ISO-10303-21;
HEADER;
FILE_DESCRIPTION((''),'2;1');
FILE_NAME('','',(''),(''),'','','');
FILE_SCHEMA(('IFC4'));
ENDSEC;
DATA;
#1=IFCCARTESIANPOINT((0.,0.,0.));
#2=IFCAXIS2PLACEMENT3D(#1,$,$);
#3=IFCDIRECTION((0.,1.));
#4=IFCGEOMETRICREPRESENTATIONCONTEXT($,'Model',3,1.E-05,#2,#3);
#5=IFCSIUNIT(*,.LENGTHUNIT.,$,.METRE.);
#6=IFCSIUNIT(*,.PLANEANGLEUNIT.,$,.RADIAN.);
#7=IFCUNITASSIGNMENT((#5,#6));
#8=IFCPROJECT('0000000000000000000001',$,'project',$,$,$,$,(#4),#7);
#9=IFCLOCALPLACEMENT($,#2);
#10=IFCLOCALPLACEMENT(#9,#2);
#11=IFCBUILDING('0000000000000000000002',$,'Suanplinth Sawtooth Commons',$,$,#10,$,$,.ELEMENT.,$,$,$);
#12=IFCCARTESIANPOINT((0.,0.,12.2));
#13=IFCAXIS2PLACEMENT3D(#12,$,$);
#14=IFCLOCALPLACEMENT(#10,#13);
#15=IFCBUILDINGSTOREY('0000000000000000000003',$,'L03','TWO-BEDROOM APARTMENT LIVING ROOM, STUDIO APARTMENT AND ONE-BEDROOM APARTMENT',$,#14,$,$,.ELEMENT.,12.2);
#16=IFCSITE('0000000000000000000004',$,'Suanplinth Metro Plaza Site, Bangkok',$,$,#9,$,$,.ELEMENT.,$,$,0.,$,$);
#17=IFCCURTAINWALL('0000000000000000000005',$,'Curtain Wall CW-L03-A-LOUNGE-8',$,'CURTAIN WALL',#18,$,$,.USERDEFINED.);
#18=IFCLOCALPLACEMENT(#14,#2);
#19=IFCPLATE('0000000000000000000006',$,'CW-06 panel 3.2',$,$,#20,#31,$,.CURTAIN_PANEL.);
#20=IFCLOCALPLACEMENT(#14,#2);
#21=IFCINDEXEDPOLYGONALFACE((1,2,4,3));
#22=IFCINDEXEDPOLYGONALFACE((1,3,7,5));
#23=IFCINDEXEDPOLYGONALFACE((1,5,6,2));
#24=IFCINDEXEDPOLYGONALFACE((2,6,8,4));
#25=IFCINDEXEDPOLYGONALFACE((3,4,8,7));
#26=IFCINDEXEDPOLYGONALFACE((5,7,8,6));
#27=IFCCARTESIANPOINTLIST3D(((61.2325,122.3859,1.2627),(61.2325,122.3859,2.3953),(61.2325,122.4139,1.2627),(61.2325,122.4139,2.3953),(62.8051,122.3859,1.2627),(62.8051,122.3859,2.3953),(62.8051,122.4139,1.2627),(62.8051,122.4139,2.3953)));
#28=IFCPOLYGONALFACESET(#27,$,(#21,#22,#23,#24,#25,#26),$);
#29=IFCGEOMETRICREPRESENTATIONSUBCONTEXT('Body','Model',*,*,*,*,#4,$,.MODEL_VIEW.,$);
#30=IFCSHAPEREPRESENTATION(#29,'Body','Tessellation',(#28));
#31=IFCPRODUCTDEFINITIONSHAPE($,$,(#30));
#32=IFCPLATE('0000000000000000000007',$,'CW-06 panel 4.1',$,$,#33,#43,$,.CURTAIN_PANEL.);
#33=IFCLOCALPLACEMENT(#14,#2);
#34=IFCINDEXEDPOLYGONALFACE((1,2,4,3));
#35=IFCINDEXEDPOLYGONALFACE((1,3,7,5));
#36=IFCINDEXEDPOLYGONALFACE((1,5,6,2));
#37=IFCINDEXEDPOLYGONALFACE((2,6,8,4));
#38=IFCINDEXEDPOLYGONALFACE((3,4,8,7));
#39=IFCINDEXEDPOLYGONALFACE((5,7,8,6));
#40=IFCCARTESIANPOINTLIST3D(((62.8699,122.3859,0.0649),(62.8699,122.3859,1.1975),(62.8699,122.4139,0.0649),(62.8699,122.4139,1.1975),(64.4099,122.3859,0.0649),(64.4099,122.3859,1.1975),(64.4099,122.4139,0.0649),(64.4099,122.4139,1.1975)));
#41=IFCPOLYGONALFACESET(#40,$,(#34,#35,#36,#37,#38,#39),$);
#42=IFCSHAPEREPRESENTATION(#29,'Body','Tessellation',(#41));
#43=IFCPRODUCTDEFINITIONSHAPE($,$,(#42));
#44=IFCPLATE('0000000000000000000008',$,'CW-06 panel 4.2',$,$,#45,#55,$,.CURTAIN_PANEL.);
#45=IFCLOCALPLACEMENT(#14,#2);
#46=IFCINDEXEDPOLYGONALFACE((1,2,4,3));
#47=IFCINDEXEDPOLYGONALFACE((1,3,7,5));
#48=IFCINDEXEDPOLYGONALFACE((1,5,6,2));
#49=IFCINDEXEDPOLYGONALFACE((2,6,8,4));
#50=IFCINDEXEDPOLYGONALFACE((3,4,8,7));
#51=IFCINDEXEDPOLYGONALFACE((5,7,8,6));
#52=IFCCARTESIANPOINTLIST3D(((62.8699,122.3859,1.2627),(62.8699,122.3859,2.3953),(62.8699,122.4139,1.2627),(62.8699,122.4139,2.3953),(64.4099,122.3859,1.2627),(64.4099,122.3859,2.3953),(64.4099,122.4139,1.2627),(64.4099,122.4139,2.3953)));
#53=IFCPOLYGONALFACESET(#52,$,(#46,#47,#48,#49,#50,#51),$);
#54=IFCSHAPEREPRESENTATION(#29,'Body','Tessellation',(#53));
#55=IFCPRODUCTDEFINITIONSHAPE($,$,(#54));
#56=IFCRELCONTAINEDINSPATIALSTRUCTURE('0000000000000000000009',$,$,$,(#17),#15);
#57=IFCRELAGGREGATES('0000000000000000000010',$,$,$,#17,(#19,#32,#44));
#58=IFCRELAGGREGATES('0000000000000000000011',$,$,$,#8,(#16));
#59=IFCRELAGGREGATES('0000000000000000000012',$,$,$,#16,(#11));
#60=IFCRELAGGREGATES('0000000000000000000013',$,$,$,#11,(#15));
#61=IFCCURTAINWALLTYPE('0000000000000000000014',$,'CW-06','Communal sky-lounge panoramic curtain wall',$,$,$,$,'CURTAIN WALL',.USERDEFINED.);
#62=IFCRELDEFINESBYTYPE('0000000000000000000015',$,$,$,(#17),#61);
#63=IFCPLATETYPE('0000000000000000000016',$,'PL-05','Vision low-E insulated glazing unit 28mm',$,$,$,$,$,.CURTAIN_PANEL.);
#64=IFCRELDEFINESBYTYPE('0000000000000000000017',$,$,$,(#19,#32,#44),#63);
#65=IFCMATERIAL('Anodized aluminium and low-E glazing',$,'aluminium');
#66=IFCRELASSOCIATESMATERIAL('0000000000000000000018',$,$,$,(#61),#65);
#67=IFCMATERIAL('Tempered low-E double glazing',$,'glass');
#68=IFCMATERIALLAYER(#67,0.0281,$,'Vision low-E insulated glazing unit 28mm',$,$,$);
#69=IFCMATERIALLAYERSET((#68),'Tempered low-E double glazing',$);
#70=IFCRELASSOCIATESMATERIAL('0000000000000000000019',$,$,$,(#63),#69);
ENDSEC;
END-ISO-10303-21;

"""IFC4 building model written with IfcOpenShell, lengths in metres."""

from ifc_helpers import new_model, si_unit, direction, frame, origin, origin_2d, place, context, subcontext, project, spatial, rectangle, extrude, material, layer, layer_set, type_object, element, aggregate, save


model = new_model("IFC4")

# Units and contexts
model_context = context("Model", 3, precision=1e-05, world=origin(), true_north=direction((0.0, 1.0)))
body_context = subcontext(model_context, "Body", "Model", "MODEL_VIEW")
ifc_project = project(units=[si_unit("LENGTHUNIT", "METRE"), si_unit("PLANEANGLEUNIT", "RADIAN")], contexts=[model_context])

# Site, building, storey
site_placement = place(None, origin())
site = spatial("IfcSite", under=ifc_project, at=site_placement, Name="Suanplinth Metro Plaza Site, Bangkok", CompositionType="ELEMENT", RefElevation=0.0)
building_placement = place(site_placement, origin())
building = spatial("IfcBuilding", under=site, at=building_placement, Name="Suanplinth Sawtooth Commons", CompositionType="ELEMENT")
storey_placement = place(building_placement, frame((0.0, 0.0, 12.2)))
storey = spatial("IfcBuildingStorey", under=building, at=storey_placement, Name="L03", Description="TWO-BEDROOM APARTMENT LIVING ROOM, STUDIO APARTMENT AND ONE-BEDROOM APARTMENT", CompositionType="ELEMENT", Elevation=12.2)

# Curtain wall
ifc_material_1 = material(Name="Anodized aluminium and low-E glazing", Category="aluminium")
curtain_wall_type = type_object("IfcCurtainWallType", Name="CW-06", Description="Communal sky-lounge panoramic curtain wall", ElementType="CURTAIN WALL", PredefinedType="USERDEFINED", material=ifc_material_1)
curtain_wall_placement = place(storey_placement, origin())
curtain_wall = element("IfcCurtainWall", 1, at=curtain_wall_placement, inside=storey, type_object=curtain_wall_type, Name="Curtain Wall CW-L03-A-LOUNGE-8", ObjectType="CURTAIN WALL", PredefinedType="USERDEFINED")

# Plates
ifc_material_2 = material(Name="Tempered low-E double glazing", Category="glass")
ifc_layer_1 = layer(ifc_material_2, 0.0281, Name="Vision low-E insulated glazing unit 28mm")
ifc_layer_set_1 = layer_set([ifc_layer_1], Name="Tempered low-E double glazing")
plate_type_1 = type_object("IfcPlateType", Name="PL-05", Description="Vision low-E insulated glazing unit 28mm", PredefinedType="CURTAIN_PANEL", material=ifc_layer_set_1)
plate_1_placement = place(storey_placement, frame((62.0188, 122.3999, 1.2627), z_axis=(0.0, 0.0, 1.0), x_axis=(1.0, 0.0, 0.0)))
plate_1 = element("IfcPlate", 2, at=plate_1_placement, type_object=plate_type_1, Name="CW-06 panel 3.2", PredefinedType="CURTAIN_PANEL", context=body_context, shape_type="SweptSolid", body=[
    extrude(rectangle(XDim=1.5725, YDim=0.0281, at=origin_2d()), origin(), (0.0, 0.0, 1.0), 1.1326),
])
plate_2_placement = place(storey_placement, frame((63.6399, 122.3999, 0.0649), z_axis=(0.0, 0.0, 1.0), x_axis=(1.0, 0.0, 0.0)))
plate_2 = element("IfcPlate", 3, at=plate_2_placement, type_object=plate_type_1, Name="CW-06 panel 4.1", PredefinedType="CURTAIN_PANEL", context=body_context, shape_type="SweptSolid", body=[
    extrude(rectangle(XDim=1.54, YDim=0.0281, at=origin_2d()), origin(), (0.0, 0.0, 1.0), 1.1326),
])
plate_3_placement = place(storey_placement, frame((63.6399, 122.3999, 1.2627), z_axis=(0.0, 0.0, 1.0), x_axis=(1.0, 0.0, 0.0)))
plate_3 = element("IfcPlate", 4, at=plate_3_placement, type_object=plate_type_1, Name="CW-06 panel 4.2", PredefinedType="CURTAIN_PANEL", context=body_context, shape_type="SweptSolid", body=[
    extrude(rectangle(XDim=1.54, YDim=0.0281, at=origin_2d()), origin(), (0.0, 0.0, 1.0), 1.1326),
])
aggregate(curtain_wall, [plate_1, plate_2, plate_3])

save(model, "model.ifc")
